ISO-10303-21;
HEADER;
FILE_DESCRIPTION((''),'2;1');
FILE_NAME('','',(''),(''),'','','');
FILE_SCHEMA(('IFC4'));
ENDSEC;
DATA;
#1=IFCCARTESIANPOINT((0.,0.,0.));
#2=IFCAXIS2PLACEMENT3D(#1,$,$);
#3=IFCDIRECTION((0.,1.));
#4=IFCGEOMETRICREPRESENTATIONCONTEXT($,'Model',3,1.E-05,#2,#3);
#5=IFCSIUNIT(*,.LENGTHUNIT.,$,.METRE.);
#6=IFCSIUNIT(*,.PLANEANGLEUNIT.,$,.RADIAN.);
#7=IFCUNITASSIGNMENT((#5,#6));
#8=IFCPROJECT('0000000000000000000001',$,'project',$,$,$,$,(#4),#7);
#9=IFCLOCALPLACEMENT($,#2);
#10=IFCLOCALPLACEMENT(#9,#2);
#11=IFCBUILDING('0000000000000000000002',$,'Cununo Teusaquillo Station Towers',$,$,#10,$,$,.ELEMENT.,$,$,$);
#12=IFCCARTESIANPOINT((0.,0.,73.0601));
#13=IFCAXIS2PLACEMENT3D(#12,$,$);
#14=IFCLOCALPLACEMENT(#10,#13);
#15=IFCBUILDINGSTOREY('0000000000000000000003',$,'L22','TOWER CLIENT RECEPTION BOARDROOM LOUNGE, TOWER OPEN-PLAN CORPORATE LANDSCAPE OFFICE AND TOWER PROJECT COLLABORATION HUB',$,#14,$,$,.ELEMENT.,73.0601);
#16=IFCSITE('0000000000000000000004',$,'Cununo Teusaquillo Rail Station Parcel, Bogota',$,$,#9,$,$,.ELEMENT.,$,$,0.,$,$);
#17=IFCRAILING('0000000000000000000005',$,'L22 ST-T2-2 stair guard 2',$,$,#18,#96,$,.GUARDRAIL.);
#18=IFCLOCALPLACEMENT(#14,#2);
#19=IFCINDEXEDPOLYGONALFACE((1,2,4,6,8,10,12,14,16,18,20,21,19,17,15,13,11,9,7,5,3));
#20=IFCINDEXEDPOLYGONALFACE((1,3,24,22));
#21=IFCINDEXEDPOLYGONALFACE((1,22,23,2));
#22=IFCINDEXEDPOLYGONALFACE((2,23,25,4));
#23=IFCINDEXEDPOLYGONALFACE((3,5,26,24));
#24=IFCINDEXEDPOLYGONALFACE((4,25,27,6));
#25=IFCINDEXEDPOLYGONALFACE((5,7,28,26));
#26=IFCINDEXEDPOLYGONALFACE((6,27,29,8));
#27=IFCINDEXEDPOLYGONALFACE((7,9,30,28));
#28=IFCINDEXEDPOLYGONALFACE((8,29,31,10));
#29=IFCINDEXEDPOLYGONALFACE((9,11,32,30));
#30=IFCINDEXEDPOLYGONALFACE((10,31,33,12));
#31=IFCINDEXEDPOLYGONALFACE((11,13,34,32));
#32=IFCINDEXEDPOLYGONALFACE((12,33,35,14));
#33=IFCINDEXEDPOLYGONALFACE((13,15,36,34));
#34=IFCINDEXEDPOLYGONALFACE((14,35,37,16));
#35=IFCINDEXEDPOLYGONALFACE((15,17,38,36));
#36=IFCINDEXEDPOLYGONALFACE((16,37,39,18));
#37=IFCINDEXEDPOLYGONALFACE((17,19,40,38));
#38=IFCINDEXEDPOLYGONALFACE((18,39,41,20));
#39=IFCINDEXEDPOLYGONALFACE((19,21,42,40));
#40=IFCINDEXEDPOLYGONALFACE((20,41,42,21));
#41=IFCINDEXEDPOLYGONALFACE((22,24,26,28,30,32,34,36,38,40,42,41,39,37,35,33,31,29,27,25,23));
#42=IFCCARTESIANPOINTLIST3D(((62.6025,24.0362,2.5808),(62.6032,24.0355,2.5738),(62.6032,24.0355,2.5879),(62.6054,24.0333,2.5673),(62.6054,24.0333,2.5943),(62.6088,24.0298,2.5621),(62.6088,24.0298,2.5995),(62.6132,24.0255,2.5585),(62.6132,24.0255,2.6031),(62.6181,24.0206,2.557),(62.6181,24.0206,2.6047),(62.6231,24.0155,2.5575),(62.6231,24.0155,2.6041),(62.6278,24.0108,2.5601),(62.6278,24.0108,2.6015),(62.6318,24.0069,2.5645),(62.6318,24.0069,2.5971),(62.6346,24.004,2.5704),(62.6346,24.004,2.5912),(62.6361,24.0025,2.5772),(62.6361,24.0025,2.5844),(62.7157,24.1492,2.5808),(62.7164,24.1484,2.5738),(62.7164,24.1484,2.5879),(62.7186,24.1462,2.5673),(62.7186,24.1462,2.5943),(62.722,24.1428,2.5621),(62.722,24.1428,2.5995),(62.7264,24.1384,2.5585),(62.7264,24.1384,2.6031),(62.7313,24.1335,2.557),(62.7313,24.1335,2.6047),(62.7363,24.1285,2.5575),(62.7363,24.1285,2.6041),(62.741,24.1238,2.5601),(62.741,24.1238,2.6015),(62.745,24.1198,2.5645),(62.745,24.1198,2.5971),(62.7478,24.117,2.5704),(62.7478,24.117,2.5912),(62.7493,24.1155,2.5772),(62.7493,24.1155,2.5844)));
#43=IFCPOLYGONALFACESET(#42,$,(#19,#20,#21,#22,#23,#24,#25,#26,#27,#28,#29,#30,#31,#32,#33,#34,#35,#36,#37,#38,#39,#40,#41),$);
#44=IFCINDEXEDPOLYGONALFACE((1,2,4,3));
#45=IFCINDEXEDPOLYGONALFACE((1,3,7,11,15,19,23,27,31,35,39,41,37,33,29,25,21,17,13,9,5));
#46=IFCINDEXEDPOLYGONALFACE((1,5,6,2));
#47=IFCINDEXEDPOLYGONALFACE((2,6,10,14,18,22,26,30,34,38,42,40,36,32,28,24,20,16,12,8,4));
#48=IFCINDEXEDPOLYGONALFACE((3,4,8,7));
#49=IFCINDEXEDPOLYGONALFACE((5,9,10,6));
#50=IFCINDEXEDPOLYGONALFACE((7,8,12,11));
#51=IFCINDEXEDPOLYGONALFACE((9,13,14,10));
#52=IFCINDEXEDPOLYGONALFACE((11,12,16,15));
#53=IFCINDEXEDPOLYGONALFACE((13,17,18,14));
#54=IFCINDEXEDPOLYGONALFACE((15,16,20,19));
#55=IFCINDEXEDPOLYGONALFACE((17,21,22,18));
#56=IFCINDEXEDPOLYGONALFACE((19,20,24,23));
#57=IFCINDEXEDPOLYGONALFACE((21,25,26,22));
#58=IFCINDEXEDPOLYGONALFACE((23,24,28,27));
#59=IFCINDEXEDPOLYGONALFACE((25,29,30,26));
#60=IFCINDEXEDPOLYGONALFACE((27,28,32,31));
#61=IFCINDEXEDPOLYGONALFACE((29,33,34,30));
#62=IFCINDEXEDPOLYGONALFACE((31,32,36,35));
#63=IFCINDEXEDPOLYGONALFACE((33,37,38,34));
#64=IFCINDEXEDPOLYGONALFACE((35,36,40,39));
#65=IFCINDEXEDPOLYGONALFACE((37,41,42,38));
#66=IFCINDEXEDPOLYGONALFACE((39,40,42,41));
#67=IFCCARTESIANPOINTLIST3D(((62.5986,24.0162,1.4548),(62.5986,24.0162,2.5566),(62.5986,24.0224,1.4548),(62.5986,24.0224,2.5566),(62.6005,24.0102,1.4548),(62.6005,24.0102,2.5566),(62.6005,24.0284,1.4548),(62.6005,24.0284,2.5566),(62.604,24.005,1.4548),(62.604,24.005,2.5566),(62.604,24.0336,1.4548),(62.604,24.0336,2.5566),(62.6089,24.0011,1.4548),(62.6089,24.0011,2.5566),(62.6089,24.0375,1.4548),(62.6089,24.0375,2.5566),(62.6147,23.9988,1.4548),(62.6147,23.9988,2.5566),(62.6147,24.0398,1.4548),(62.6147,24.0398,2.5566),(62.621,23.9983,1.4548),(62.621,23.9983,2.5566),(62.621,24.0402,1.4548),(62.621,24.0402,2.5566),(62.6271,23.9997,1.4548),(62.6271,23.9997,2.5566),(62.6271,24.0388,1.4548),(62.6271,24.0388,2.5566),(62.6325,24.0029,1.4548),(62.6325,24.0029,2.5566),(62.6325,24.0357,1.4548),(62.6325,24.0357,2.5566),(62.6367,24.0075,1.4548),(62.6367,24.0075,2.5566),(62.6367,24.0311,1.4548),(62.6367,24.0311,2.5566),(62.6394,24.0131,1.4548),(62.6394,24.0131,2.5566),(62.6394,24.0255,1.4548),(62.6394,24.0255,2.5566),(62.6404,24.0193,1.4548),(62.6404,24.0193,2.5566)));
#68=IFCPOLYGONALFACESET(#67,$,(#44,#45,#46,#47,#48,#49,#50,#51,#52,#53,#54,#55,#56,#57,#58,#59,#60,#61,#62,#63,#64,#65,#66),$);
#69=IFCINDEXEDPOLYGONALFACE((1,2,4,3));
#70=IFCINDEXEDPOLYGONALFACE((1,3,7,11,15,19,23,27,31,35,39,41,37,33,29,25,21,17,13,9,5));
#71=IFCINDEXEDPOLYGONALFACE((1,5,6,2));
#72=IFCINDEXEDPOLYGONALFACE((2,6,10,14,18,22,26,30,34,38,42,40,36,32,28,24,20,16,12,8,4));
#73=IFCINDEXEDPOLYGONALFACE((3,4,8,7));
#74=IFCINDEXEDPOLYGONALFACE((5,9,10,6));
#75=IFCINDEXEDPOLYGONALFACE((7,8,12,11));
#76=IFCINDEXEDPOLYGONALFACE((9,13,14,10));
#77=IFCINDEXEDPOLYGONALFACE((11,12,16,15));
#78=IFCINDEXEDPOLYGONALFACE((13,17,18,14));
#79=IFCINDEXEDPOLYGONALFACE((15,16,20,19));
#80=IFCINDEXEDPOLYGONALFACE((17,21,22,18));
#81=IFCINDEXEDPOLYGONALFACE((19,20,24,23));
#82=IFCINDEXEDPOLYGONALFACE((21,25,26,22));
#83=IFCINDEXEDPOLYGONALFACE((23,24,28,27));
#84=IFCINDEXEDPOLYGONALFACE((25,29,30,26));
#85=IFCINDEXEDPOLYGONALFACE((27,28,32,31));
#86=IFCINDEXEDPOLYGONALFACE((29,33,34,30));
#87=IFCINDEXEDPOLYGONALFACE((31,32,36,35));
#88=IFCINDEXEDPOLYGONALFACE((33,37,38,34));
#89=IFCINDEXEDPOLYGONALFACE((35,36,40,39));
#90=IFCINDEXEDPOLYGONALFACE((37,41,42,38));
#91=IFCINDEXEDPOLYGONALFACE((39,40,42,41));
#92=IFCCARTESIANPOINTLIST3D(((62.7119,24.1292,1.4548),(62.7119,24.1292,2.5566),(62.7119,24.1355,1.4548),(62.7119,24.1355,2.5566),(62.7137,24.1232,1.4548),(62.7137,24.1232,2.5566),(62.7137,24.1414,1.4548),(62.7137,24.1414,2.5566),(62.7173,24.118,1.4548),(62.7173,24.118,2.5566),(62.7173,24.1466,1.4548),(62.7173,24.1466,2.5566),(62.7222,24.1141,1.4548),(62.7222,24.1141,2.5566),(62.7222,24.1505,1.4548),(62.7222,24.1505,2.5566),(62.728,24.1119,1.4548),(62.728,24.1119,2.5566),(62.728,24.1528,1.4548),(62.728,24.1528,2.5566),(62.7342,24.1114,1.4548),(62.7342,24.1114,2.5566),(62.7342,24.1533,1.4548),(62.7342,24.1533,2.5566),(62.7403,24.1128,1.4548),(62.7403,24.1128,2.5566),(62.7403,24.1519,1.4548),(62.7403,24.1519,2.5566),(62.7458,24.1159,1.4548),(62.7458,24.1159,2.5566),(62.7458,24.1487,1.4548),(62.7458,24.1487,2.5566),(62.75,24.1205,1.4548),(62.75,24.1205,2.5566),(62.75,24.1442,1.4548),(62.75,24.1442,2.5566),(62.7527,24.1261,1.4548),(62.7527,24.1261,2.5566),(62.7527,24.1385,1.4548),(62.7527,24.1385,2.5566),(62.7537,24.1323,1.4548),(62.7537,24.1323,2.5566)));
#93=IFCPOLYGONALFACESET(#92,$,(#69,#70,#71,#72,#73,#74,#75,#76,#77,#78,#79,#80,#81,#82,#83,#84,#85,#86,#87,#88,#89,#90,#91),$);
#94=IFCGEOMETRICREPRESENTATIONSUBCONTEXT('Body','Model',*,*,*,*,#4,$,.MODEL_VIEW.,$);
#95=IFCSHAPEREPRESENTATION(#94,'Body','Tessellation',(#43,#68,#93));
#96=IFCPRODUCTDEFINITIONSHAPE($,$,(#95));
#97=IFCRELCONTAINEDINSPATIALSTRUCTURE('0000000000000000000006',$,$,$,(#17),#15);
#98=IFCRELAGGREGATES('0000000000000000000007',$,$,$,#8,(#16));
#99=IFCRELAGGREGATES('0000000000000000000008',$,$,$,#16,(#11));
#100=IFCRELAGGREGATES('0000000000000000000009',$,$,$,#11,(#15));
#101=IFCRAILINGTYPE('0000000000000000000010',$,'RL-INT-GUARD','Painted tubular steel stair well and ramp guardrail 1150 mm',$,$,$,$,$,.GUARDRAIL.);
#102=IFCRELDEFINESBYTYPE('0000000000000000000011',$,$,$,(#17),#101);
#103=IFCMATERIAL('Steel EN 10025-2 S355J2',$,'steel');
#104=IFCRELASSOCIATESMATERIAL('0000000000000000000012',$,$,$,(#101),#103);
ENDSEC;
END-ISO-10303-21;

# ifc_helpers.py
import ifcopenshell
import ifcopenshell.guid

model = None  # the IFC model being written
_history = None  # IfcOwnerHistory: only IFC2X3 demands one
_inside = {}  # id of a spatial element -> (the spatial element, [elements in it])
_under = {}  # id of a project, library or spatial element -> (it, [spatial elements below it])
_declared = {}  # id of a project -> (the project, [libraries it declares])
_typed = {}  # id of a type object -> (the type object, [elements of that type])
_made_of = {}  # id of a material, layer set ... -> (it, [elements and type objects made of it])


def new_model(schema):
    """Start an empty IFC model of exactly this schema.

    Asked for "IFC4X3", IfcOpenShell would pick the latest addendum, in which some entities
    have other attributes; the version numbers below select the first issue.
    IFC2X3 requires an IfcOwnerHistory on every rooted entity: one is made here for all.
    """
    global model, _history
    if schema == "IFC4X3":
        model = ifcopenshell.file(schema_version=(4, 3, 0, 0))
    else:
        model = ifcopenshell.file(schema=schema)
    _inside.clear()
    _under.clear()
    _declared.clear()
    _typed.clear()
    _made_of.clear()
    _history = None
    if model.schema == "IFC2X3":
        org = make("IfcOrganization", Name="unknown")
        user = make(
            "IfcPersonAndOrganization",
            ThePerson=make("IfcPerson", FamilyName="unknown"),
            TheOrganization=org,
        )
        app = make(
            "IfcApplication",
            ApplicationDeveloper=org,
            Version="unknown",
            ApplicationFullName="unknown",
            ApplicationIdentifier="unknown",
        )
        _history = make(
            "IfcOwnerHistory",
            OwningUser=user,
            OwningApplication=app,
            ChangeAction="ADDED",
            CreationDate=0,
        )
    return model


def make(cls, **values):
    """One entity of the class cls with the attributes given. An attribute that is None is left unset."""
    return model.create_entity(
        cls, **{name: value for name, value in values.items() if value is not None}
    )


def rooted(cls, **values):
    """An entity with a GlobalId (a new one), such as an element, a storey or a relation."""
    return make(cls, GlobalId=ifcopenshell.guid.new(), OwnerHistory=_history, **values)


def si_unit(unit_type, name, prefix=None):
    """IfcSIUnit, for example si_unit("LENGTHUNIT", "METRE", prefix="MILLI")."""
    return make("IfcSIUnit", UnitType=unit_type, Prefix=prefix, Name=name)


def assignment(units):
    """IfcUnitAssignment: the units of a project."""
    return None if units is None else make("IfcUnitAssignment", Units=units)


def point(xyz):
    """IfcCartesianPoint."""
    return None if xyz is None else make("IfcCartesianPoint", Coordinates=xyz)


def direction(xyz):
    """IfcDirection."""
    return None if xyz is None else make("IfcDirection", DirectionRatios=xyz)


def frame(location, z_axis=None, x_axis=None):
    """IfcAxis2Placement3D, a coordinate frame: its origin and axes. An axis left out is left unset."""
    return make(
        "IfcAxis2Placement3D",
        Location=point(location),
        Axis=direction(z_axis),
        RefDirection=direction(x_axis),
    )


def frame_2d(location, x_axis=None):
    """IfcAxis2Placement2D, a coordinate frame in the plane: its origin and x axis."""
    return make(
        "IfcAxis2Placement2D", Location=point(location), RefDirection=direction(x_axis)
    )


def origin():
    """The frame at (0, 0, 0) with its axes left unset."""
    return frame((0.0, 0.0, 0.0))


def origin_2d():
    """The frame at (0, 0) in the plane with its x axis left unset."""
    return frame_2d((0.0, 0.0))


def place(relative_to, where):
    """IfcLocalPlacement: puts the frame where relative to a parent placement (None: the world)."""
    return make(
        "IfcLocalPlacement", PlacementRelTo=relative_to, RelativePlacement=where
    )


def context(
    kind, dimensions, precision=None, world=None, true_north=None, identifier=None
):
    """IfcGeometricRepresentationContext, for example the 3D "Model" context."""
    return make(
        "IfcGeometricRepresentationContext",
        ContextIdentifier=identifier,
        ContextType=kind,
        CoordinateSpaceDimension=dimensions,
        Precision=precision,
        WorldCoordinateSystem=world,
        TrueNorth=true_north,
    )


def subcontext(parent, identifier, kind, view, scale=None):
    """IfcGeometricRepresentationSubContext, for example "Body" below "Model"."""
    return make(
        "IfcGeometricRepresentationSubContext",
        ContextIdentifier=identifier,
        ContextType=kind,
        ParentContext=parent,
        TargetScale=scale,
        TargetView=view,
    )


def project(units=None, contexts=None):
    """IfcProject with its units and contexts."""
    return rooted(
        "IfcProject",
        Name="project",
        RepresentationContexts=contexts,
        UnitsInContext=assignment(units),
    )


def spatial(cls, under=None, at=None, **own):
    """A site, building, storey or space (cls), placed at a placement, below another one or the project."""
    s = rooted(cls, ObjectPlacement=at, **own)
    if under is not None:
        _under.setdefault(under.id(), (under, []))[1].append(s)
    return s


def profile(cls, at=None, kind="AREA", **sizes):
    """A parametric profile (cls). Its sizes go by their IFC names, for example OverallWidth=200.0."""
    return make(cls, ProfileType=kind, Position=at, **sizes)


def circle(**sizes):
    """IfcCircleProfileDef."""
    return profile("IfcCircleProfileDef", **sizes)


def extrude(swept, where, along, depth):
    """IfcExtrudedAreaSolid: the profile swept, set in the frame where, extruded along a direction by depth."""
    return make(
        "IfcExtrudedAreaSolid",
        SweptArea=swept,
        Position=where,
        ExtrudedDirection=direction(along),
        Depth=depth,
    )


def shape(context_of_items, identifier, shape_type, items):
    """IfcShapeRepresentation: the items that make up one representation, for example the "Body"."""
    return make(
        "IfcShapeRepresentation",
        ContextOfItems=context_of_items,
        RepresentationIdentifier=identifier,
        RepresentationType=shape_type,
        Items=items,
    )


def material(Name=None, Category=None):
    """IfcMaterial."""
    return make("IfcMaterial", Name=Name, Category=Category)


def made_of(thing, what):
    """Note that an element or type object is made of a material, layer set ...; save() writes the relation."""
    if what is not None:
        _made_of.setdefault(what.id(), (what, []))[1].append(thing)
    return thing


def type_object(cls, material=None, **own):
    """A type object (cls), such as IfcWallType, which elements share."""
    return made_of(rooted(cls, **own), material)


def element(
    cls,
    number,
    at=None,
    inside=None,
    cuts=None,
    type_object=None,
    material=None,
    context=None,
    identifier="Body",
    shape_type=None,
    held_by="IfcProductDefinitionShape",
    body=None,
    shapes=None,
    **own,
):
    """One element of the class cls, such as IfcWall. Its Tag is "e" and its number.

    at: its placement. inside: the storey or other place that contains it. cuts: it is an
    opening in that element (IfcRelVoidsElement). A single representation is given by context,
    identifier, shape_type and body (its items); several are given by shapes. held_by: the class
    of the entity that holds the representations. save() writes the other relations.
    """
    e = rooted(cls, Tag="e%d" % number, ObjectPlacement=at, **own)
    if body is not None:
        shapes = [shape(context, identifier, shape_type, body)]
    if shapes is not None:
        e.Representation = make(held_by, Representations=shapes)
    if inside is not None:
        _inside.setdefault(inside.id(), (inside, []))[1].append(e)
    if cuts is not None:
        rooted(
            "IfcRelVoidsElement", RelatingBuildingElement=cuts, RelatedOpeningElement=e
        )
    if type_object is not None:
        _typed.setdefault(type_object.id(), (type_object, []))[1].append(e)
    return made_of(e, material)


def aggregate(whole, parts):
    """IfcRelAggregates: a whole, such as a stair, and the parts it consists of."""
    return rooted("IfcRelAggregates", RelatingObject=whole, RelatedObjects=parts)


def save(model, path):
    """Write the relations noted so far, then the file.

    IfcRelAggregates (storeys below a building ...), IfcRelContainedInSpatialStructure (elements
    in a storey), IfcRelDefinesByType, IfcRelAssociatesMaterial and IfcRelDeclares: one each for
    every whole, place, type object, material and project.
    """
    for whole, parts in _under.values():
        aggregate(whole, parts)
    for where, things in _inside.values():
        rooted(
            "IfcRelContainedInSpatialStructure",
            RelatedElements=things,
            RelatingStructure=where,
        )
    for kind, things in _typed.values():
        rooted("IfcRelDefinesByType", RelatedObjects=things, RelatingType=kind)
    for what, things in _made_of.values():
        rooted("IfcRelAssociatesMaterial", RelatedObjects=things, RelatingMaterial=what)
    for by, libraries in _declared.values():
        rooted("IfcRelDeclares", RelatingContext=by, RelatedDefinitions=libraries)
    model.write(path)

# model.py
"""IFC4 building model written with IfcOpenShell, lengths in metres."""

from ifc_helpers import new_model, si_unit, direction, frame, origin, origin_2d, place, context, subcontext, project, spatial, circle, extrude, material, type_object, element, save


model = new_model("IFC4")

# Units and contexts
model_context = context("Model", 3, precision=1e-05, world=origin(), true_north=direction((0.0, 1.0)))
body_context = subcontext(model_context, "Body", "Model", "MODEL_VIEW")
ifc_project = project(units=[si_unit("LENGTHUNIT", "METRE"), si_unit("PLANEANGLEUNIT", "RADIAN")], contexts=[model_context])

# Site, building, storey
site_placement = place(None, origin())
site = spatial("IfcSite", under=ifc_project, at=site_placement, Name="Cununo Teusaquillo Rail Station Parcel, Bogota", CompositionType="ELEMENT", RefElevation=0.0)
building_placement = place(site_placement, origin())
building = spatial("IfcBuilding", under=site, at=building_placement, Name="Cununo Teusaquillo Station Towers", CompositionType="ELEMENT")
storey_placement = place(building_placement, frame((0.0, 0.0, 73.0601)))
storey = spatial("IfcBuildingStorey", under=building, at=storey_placement, Name="L22", Description="TOWER CLIENT RECEPTION BOARDROOM LOUNGE, TOWER OPEN-PLAN CORPORATE LANDSCAPE OFFICE AND TOWER PROJECT COLLABORATION HUB", CompositionType="ELEMENT", Elevation=73.0601)

# Railing
ifc_material_1 = material(Name="Steel EN 10025-2 S355J2", Category="steel")
railing_type_1 = type_object("IfcRailingType", Name="RL-INT-GUARD", Description="Painted tubular steel stair well and ramp guardrail 1150 mm", PredefinedType="GUARDRAIL", material=ifc_material_1)
railing_1_placement = place(storey_placement, frame((62.6194, 24.0193, 1.4548)))
element("IfcRailing", 1, at=railing_1_placement, inside=storey, type_object=railing_type_1, Name="L22 ST-T2-2 stair guard 2", PredefinedType="GUARDRAIL", context=body_context, shape_type="SweptSolid", body=[
    extrude(circle(Radius=0.0239, at=origin_2d()), frame((0.0, 0.0, 1.126), z_axis=(0.707869, 0.706344, 0.0), x_axis=(-0.706344, 0.707869, 0.0)), (0.0, 0.0, 1.0), 0.1599),
    extrude(circle(Radius=0.021, at=origin_2d()), origin(), (0.0, 0.0, 1.0), 1.1018),
    extrude(circle(Radius=0.021, at=origin_2d()), frame((0.1133, 0.113, 0.0)), (0.0, 0.0, 1.0), 1.1018),
])

save(model, "model.ifc")
